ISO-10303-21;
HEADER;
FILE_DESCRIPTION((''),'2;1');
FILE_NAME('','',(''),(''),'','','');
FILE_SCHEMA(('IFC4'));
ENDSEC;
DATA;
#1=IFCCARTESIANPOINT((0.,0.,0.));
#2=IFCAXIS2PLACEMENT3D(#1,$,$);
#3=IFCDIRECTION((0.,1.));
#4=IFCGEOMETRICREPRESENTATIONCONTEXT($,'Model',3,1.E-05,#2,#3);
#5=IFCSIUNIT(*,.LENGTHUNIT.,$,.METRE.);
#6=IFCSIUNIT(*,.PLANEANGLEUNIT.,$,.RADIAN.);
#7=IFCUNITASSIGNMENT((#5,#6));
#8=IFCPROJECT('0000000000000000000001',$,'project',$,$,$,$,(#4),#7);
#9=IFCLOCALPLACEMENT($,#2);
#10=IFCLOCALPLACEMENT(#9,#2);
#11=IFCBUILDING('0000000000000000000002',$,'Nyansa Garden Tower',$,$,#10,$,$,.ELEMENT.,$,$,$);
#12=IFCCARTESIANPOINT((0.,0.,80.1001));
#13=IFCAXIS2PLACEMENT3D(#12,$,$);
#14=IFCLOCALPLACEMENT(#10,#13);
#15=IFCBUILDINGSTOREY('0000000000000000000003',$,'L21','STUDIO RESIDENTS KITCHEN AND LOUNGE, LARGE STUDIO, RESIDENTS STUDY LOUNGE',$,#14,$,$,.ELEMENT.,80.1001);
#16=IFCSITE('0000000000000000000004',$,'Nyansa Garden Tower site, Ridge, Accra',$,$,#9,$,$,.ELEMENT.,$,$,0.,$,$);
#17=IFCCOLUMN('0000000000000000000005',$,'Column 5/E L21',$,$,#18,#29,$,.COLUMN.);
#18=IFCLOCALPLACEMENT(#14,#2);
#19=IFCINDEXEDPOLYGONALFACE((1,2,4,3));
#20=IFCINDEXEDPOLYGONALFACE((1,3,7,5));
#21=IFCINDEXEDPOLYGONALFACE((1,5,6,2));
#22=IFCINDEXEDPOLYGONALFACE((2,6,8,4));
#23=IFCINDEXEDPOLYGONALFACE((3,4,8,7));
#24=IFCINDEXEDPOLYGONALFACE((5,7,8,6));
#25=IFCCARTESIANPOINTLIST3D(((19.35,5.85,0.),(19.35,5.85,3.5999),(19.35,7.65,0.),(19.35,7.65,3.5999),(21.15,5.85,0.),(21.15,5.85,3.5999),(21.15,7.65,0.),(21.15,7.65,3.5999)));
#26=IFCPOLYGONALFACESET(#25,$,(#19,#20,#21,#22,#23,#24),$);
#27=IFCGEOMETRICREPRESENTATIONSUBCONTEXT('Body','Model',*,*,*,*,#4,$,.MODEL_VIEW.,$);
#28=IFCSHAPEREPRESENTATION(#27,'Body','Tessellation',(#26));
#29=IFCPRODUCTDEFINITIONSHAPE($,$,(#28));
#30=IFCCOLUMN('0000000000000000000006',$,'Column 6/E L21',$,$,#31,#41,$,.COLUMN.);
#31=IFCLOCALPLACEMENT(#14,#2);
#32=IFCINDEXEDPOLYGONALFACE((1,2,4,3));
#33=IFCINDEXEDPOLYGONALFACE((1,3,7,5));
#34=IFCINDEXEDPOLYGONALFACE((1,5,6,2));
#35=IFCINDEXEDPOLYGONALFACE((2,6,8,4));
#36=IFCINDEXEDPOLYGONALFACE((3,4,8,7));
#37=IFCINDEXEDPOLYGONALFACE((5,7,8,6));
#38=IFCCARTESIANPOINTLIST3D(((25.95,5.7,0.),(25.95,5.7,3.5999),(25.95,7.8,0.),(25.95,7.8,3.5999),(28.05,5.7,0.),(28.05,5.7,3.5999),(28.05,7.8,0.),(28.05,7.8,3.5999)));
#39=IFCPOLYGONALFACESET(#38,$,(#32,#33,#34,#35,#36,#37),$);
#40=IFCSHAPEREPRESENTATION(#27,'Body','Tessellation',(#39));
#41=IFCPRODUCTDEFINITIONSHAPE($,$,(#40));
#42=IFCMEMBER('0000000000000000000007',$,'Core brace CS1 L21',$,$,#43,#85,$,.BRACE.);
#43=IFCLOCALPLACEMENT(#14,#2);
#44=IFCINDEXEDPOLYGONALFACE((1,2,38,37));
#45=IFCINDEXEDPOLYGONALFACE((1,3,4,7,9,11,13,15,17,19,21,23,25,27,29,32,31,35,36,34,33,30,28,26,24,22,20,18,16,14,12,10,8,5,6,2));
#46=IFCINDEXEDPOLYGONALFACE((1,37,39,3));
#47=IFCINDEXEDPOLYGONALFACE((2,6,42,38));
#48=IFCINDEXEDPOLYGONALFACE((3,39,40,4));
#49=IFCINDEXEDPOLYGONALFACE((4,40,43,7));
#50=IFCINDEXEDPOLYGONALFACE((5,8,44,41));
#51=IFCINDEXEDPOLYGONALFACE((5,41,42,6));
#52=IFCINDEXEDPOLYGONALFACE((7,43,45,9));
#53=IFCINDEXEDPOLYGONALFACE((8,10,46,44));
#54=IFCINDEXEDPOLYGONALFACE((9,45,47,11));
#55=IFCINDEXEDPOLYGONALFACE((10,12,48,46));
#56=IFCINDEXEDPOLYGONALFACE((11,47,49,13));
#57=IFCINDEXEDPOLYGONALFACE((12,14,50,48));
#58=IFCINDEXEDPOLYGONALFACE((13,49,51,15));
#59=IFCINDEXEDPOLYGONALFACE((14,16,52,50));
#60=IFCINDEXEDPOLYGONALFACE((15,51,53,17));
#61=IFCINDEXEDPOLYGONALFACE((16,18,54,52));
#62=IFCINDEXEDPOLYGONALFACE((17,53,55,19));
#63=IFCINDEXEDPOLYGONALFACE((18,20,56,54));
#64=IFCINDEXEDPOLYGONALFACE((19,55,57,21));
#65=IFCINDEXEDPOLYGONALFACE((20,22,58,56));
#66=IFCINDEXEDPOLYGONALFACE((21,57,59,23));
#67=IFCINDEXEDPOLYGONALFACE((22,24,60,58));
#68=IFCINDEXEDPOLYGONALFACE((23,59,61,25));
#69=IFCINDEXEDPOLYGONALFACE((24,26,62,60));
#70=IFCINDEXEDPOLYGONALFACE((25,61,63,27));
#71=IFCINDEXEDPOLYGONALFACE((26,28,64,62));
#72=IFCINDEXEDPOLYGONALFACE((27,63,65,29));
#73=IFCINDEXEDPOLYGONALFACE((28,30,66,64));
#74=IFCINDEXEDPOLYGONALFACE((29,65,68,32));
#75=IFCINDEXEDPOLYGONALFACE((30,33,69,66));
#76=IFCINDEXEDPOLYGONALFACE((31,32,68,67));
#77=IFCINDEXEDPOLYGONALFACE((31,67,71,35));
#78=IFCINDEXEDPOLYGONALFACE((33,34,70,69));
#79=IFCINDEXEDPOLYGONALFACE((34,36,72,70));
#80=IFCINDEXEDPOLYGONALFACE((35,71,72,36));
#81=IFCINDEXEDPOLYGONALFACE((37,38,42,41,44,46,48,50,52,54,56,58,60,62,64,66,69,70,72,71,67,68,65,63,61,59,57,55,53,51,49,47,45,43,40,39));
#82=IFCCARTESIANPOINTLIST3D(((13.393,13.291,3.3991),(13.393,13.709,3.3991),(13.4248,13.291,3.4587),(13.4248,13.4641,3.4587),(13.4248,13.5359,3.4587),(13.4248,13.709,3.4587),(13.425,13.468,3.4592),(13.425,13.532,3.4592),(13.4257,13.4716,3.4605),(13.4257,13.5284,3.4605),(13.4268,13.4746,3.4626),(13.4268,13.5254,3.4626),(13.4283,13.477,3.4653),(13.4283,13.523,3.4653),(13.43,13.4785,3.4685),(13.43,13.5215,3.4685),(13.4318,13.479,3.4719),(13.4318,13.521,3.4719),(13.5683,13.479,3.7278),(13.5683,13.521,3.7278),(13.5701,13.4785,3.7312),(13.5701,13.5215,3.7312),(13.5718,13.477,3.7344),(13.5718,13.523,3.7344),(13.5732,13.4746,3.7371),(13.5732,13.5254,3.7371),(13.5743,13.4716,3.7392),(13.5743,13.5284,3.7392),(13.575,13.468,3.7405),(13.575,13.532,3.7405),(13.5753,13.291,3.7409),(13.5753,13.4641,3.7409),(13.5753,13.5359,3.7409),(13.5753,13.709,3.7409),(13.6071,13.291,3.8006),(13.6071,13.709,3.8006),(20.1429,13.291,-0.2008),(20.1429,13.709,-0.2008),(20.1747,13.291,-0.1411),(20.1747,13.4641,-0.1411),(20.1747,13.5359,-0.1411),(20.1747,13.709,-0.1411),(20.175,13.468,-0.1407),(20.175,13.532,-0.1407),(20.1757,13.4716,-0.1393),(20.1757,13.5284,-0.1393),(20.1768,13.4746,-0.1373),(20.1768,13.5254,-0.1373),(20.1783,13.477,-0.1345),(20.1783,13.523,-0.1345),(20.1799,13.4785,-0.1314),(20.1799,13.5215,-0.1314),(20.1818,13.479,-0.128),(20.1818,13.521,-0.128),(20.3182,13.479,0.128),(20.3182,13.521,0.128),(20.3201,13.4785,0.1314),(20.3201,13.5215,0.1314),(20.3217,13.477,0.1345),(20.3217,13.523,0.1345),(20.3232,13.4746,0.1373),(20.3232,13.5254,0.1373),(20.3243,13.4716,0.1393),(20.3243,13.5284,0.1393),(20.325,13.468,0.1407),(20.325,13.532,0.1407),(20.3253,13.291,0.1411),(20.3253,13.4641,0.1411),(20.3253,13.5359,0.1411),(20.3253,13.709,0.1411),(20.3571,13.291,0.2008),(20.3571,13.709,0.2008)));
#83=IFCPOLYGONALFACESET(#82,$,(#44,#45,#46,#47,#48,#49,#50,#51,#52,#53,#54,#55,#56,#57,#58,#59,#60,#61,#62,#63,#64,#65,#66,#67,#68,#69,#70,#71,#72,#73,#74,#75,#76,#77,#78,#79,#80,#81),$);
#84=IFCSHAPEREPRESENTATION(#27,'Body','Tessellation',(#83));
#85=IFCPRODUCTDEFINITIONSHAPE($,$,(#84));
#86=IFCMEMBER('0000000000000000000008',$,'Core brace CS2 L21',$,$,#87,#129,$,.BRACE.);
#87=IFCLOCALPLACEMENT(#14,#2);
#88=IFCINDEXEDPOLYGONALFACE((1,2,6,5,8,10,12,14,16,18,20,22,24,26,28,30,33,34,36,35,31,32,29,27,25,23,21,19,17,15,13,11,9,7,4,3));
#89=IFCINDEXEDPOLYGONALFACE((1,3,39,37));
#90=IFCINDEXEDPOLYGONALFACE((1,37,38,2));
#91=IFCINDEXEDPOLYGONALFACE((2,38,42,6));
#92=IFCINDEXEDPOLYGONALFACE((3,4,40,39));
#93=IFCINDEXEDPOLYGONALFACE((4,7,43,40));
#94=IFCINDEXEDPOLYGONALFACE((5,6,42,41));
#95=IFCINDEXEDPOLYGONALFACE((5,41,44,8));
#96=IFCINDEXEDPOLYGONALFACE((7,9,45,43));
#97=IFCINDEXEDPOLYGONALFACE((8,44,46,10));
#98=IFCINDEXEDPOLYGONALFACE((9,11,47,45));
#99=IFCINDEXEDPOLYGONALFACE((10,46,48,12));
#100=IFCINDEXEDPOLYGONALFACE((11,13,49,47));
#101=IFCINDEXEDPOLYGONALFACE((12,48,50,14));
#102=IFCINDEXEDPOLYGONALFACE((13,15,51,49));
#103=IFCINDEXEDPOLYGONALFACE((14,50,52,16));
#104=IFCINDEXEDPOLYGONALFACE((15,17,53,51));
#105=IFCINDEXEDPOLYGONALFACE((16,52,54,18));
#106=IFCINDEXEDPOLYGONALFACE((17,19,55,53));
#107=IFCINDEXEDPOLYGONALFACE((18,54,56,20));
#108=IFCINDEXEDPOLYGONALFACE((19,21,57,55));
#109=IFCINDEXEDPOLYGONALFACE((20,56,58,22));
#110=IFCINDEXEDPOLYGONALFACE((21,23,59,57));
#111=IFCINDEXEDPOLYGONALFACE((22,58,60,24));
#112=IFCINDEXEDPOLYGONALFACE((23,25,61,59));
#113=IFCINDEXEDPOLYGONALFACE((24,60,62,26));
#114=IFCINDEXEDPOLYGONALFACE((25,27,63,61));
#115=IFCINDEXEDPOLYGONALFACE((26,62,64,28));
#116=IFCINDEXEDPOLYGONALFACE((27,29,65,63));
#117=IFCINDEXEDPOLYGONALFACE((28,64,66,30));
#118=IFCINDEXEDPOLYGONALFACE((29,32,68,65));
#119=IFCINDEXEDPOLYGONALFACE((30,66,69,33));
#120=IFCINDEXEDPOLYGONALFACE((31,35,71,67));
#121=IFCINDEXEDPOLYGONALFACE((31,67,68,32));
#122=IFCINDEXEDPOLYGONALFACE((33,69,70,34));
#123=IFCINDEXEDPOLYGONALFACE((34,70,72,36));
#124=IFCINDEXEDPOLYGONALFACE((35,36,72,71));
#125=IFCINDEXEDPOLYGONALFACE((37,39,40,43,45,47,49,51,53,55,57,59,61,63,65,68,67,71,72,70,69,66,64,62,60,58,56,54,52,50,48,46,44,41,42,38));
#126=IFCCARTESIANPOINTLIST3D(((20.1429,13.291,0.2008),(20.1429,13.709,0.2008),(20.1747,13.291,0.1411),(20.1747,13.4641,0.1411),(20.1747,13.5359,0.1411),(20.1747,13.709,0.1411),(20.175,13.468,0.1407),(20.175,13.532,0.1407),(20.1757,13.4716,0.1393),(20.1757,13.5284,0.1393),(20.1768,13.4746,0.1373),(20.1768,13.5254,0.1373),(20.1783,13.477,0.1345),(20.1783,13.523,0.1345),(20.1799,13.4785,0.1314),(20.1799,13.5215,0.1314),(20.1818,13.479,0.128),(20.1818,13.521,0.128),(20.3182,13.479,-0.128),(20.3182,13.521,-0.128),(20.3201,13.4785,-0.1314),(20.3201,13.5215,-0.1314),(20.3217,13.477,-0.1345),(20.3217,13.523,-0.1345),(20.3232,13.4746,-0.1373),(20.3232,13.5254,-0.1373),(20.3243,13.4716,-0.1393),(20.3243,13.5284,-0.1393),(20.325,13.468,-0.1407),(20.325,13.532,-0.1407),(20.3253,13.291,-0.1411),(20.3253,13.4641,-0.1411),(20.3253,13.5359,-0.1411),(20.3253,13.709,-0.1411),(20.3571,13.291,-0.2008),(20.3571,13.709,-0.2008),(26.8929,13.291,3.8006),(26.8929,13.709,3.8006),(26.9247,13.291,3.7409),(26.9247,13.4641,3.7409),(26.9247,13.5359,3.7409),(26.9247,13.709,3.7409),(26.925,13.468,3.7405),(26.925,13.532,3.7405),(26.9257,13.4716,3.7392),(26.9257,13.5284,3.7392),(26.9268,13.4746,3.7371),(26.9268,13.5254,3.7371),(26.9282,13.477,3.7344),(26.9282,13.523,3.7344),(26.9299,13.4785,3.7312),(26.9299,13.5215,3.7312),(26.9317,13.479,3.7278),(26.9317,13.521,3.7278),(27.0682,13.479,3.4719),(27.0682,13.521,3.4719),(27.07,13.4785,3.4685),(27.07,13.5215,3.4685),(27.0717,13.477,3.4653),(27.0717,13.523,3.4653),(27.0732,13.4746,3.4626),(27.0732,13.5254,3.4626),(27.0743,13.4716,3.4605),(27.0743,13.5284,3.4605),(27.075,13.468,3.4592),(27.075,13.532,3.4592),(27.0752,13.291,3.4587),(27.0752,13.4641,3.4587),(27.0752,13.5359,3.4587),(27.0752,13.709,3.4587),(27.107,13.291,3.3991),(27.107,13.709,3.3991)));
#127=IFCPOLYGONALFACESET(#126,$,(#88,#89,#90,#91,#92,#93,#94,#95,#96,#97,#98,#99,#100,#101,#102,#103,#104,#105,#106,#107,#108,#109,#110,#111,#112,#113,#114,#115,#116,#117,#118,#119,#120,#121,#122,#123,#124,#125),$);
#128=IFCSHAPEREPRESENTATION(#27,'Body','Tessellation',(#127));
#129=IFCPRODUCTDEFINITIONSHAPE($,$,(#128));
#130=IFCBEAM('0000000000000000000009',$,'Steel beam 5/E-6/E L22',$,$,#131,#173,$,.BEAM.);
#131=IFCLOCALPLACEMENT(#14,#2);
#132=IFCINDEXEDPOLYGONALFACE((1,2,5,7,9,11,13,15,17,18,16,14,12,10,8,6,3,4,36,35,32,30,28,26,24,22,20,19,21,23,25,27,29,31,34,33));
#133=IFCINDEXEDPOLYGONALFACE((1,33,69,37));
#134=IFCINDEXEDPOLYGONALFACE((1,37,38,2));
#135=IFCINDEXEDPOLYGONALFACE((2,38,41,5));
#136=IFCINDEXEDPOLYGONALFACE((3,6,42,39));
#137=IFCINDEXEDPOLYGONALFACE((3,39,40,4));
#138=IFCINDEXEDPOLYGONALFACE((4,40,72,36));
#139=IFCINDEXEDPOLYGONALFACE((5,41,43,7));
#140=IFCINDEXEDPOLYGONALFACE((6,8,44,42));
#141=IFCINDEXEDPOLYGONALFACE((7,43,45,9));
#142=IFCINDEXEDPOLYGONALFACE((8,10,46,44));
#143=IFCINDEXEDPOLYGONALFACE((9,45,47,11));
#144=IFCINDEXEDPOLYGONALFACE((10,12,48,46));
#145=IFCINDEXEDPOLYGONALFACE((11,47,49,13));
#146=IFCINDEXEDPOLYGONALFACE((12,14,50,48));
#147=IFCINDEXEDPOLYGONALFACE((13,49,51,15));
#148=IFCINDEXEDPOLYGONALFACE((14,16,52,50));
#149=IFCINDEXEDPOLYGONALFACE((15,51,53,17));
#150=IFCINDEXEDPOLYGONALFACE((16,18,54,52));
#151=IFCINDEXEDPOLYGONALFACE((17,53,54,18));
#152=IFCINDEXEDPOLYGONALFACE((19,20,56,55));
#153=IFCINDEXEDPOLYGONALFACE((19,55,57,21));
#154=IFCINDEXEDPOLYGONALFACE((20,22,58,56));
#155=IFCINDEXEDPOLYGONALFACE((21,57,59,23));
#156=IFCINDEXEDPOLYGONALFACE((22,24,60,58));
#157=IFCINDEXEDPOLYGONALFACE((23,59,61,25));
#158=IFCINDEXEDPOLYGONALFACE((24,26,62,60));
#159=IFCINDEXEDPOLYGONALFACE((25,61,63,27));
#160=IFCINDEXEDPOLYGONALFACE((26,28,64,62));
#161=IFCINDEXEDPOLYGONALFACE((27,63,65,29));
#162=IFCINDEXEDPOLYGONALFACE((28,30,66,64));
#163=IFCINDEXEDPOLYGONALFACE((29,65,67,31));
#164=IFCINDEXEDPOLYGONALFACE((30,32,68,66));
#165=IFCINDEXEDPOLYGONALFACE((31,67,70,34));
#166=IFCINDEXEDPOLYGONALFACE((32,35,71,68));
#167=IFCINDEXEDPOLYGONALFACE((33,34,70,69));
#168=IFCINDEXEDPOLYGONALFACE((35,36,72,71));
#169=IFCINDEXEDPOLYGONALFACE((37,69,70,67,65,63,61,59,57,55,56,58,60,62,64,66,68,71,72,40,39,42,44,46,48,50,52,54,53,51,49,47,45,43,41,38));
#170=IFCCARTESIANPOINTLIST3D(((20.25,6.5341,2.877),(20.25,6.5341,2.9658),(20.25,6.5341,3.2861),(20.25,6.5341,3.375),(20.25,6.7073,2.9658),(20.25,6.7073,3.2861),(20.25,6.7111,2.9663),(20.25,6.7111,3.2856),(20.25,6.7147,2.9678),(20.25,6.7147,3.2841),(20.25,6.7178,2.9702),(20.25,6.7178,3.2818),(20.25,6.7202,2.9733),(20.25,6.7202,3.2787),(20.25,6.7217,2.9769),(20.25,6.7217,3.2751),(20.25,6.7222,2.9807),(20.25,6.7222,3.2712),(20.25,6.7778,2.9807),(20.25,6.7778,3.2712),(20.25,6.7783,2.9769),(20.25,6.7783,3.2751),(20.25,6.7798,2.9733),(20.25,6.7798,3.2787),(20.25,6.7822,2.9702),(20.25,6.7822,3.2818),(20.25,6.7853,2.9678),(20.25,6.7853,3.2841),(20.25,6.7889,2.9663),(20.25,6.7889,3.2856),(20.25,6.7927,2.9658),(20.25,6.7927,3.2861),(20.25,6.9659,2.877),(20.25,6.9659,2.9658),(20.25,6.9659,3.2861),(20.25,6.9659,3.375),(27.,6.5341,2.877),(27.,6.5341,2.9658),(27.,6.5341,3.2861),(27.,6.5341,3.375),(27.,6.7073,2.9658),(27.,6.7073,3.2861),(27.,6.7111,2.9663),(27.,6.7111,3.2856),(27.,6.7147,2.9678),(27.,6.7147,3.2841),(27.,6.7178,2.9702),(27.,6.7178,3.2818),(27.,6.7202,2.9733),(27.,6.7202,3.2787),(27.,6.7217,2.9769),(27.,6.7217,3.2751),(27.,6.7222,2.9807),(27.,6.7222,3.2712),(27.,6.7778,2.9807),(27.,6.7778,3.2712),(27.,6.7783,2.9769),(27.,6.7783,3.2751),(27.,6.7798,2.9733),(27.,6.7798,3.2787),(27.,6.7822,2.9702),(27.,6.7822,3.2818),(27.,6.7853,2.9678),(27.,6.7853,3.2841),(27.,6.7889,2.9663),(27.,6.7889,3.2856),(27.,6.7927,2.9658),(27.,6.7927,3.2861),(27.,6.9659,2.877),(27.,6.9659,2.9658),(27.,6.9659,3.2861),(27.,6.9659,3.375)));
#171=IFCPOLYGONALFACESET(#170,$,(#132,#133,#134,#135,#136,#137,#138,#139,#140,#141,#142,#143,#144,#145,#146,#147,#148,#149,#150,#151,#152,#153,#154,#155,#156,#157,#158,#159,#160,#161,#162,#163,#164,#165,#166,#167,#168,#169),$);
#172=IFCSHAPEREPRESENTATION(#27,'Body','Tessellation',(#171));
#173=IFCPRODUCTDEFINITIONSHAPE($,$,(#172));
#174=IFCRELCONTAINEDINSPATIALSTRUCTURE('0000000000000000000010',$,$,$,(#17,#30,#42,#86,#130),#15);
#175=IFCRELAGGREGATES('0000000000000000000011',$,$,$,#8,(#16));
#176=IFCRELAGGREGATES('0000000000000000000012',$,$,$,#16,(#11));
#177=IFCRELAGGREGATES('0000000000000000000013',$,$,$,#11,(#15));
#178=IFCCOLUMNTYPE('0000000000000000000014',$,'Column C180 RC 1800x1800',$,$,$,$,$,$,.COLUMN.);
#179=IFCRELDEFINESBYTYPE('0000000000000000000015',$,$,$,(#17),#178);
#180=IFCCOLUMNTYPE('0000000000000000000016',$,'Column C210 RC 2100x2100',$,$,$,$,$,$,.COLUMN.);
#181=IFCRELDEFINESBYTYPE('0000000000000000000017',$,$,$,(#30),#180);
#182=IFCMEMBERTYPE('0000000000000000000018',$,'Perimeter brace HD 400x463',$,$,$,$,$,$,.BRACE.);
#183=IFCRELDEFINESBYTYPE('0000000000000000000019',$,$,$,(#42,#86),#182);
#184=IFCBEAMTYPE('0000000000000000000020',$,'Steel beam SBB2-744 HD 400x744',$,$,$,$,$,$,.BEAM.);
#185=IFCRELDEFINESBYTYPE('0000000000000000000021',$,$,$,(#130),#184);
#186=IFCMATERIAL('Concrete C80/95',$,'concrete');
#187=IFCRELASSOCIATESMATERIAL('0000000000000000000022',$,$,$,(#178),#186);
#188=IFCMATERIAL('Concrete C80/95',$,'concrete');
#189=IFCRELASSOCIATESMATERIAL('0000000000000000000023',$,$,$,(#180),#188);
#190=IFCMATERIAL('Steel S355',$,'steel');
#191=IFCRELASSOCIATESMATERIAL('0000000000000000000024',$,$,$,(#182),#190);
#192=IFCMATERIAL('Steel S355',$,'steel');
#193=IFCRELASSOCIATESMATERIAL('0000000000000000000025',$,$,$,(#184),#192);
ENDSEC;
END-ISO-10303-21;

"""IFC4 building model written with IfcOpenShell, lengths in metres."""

from ifc_helpers import new_model, si_unit, direction, frame, origin, origin_2d, place, context, subcontext, project, spatial, rectangle, i_section, extrude, material, material_profile, profile_set, type_object, element, save


model = new_model("IFC4")

# Units and contexts
model_context = context("Model", 3, precision=1e-05, world=origin(), true_north=direction((0.0, 1.0)))
body_context = subcontext(model_context, "Body", "Model", "MODEL_VIEW")
ifc_project = project(units=[si_unit("LENGTHUNIT", "METRE"), si_unit("PLANEANGLEUNIT", "RADIAN")], contexts=[model_context])

# Site, building, storey
site_placement = place(None, origin())
site = spatial("IfcSite", under=ifc_project, at=site_placement, Name="Nyansa Garden Tower site, Ridge, Accra", CompositionType="ELEMENT", RefElevation=0.0)
building_placement = place(site_placement, origin())
building = spatial("IfcBuilding", under=site, at=building_placement, Name="Nyansa Garden Tower", CompositionType="ELEMENT")
storey_placement = place(building_placement, frame((0.0, 0.0, 80.1001)))
storey = spatial("IfcBuildingStorey", under=building, at=storey_placement, Name="L21", Description="STUDIO RESIDENTS KITCHEN AND LOUNGE, LARGE STUDIO, RESIDENTS STUDY LOUNGE", CompositionType="ELEMENT", Elevation=80.1001)

# Columns
ifc_material_1 = material(Name="Concrete C80/95", Category="concrete")
ifc_material_profile_1 = material_profile(ifc_material_1, rectangle(XDim=1.8, YDim=1.8, at=origin_2d()), Name="RC 1800x1800")
ifc_profile_set_1 = profile_set([ifc_material_profile_1], Name="Concrete C80/95")
column_type_1 = type_object("IfcColumnType", Name="Column C180 RC 1800x1800", PredefinedType="COLUMN", material=ifc_profile_set_1)
column_1_placement = place(storey_placement, frame((20.25, 6.75, 0.0), z_axis=(0.0, 0.0, 1.0), x_axis=(1.0, 0.0, 0.0)))
element("IfcColumn", 1, at=column_1_placement, inside=storey, type_object=column_type_1, Name="Column 5/E L21", PredefinedType="COLUMN", context=body_context, shape_type="SweptSolid", body=[
    extrude(rectangle(XDim=1.8, YDim=1.8, at=origin_2d()), origin(), (0.0, 0.0, 1.0), 3.5999),
])
ifc_material_2 = material(Name="Concrete C80/95", Category="concrete")
ifc_material_profile_2 = material_profile(ifc_material_2, rectangle(XDim=2.1001, YDim=2.1001, at=origin_2d()), Name="RC 2100x2100")
ifc_profile_set_2 = profile_set([ifc_material_profile_2], Name="Concrete C80/95")
column_type_2 = type_object("IfcColumnType", Name="Column C210 RC 2100x2100", PredefinedType="COLUMN", material=ifc_profile_set_2)
column_2_placement = place(storey_placement, frame((27.0, 6.75, 0.0), z_axis=(0.0, 0.0, 1.0), x_axis=(1.0, 0.0, 0.0)))
element("IfcColumn", 2, at=column_2_placement, inside=storey, type_object=column_type_2, Name="Column 6/E L21", PredefinedType="COLUMN", context=body_context, shape_type="SweptSolid", body=[
    extrude(rectangle(XDim=2.1001, YDim=2.1001, at=origin_2d()), origin(), (0.0, 0.0, 1.0), 3.5999),
])

# Members
ifc_material_3 = material(Name="Steel S355", Category="steel")
ifc_material_profile_3 = material_profile(ifc_material_3, i_section(OverallWidth=0.418, OverallDepth=0.4551, WebThickness=0.042, FlangeThickness=0.0676, FilletRadius=0.0149, at=origin_2d()), Name="HD 400x463")
ifc_profile_set_3 = profile_set([ifc_material_profile_3], Name="Steel S355")
member_type = type_object("IfcMemberType", Name="Perimeter brace HD 400x463", PredefinedType="BRACE", material=ifc_profile_set_3)
for number, where, z_axis, x_axis, name in (
    (3, (20.25, 13.5, 0.0), (-0.882361, 0.0, 0.470573), (0.0, -1.0, 0.0), "Core brace CS1 L21"),
    (4, (20.25, 13.5, 0.0), (0.882361, 0.0, 0.470573), (0.0, 1.0, 0.0), "Core brace CS2 L21"),
):
    element("IfcMember", number, at=place(storey_placement, frame(where, z_axis=z_axis, x_axis=x_axis)), inside=storey, type_object=member_type, Name=name, PredefinedType="BRACE", context=body_context, shape_type="SweptSolid", body=[
        extrude(i_section(OverallWidth=0.418, OverallDepth=0.4551, WebThickness=0.042, FlangeThickness=0.0676, FilletRadius=0.0149, at=origin_2d()), origin(), (0.0, 0.0, 1.0), 7.6499),
    ])

# Beam
ifc_material_4 = material(Name="Steel S355", Category="steel")
ifc_material_profile_4 = material_profile(ifc_material_4, i_section(OverallWidth=0.4319, OverallDepth=0.498, WebThickness=0.0557, FlangeThickness=0.0889, FilletRadius=0.0149, at=origin_2d()), Name="HD 400x744")
ifc_profile_set_4 = profile_set([ifc_material_profile_4], Name="Steel S355")
beam_type_1 = type_object("IfcBeamType", Name="Steel beam SBB2-744 HD 400x744", PredefinedType="BEAM", material=ifc_profile_set_4)
for number, where, z_axis, x_axis, name in (
    (5, (20.25, 6.75, 3.126), (1.0, 0.0, 0.0), (0.0, 1.0, 0.0), "Steel beam 5/E-6/E L22"),
):
    element("IfcBeam", number, at=place(storey_placement, frame(where, z_axis=z_axis, x_axis=x_axis)), inside=storey, type_object=beam_type_1, Name=name, PredefinedType="BEAM", context=body_context, shape_type="SweptSolid", body=[
        extrude(i_section(OverallWidth=0.4319, OverallDepth=0.498, WebThickness=0.0557, FlangeThickness=0.0889, FilletRadius=0.0149, at=origin_2d()), origin(), (0.0, 0.0, 1.0), 6.75),
    ])

save(model, "model.ifc")
